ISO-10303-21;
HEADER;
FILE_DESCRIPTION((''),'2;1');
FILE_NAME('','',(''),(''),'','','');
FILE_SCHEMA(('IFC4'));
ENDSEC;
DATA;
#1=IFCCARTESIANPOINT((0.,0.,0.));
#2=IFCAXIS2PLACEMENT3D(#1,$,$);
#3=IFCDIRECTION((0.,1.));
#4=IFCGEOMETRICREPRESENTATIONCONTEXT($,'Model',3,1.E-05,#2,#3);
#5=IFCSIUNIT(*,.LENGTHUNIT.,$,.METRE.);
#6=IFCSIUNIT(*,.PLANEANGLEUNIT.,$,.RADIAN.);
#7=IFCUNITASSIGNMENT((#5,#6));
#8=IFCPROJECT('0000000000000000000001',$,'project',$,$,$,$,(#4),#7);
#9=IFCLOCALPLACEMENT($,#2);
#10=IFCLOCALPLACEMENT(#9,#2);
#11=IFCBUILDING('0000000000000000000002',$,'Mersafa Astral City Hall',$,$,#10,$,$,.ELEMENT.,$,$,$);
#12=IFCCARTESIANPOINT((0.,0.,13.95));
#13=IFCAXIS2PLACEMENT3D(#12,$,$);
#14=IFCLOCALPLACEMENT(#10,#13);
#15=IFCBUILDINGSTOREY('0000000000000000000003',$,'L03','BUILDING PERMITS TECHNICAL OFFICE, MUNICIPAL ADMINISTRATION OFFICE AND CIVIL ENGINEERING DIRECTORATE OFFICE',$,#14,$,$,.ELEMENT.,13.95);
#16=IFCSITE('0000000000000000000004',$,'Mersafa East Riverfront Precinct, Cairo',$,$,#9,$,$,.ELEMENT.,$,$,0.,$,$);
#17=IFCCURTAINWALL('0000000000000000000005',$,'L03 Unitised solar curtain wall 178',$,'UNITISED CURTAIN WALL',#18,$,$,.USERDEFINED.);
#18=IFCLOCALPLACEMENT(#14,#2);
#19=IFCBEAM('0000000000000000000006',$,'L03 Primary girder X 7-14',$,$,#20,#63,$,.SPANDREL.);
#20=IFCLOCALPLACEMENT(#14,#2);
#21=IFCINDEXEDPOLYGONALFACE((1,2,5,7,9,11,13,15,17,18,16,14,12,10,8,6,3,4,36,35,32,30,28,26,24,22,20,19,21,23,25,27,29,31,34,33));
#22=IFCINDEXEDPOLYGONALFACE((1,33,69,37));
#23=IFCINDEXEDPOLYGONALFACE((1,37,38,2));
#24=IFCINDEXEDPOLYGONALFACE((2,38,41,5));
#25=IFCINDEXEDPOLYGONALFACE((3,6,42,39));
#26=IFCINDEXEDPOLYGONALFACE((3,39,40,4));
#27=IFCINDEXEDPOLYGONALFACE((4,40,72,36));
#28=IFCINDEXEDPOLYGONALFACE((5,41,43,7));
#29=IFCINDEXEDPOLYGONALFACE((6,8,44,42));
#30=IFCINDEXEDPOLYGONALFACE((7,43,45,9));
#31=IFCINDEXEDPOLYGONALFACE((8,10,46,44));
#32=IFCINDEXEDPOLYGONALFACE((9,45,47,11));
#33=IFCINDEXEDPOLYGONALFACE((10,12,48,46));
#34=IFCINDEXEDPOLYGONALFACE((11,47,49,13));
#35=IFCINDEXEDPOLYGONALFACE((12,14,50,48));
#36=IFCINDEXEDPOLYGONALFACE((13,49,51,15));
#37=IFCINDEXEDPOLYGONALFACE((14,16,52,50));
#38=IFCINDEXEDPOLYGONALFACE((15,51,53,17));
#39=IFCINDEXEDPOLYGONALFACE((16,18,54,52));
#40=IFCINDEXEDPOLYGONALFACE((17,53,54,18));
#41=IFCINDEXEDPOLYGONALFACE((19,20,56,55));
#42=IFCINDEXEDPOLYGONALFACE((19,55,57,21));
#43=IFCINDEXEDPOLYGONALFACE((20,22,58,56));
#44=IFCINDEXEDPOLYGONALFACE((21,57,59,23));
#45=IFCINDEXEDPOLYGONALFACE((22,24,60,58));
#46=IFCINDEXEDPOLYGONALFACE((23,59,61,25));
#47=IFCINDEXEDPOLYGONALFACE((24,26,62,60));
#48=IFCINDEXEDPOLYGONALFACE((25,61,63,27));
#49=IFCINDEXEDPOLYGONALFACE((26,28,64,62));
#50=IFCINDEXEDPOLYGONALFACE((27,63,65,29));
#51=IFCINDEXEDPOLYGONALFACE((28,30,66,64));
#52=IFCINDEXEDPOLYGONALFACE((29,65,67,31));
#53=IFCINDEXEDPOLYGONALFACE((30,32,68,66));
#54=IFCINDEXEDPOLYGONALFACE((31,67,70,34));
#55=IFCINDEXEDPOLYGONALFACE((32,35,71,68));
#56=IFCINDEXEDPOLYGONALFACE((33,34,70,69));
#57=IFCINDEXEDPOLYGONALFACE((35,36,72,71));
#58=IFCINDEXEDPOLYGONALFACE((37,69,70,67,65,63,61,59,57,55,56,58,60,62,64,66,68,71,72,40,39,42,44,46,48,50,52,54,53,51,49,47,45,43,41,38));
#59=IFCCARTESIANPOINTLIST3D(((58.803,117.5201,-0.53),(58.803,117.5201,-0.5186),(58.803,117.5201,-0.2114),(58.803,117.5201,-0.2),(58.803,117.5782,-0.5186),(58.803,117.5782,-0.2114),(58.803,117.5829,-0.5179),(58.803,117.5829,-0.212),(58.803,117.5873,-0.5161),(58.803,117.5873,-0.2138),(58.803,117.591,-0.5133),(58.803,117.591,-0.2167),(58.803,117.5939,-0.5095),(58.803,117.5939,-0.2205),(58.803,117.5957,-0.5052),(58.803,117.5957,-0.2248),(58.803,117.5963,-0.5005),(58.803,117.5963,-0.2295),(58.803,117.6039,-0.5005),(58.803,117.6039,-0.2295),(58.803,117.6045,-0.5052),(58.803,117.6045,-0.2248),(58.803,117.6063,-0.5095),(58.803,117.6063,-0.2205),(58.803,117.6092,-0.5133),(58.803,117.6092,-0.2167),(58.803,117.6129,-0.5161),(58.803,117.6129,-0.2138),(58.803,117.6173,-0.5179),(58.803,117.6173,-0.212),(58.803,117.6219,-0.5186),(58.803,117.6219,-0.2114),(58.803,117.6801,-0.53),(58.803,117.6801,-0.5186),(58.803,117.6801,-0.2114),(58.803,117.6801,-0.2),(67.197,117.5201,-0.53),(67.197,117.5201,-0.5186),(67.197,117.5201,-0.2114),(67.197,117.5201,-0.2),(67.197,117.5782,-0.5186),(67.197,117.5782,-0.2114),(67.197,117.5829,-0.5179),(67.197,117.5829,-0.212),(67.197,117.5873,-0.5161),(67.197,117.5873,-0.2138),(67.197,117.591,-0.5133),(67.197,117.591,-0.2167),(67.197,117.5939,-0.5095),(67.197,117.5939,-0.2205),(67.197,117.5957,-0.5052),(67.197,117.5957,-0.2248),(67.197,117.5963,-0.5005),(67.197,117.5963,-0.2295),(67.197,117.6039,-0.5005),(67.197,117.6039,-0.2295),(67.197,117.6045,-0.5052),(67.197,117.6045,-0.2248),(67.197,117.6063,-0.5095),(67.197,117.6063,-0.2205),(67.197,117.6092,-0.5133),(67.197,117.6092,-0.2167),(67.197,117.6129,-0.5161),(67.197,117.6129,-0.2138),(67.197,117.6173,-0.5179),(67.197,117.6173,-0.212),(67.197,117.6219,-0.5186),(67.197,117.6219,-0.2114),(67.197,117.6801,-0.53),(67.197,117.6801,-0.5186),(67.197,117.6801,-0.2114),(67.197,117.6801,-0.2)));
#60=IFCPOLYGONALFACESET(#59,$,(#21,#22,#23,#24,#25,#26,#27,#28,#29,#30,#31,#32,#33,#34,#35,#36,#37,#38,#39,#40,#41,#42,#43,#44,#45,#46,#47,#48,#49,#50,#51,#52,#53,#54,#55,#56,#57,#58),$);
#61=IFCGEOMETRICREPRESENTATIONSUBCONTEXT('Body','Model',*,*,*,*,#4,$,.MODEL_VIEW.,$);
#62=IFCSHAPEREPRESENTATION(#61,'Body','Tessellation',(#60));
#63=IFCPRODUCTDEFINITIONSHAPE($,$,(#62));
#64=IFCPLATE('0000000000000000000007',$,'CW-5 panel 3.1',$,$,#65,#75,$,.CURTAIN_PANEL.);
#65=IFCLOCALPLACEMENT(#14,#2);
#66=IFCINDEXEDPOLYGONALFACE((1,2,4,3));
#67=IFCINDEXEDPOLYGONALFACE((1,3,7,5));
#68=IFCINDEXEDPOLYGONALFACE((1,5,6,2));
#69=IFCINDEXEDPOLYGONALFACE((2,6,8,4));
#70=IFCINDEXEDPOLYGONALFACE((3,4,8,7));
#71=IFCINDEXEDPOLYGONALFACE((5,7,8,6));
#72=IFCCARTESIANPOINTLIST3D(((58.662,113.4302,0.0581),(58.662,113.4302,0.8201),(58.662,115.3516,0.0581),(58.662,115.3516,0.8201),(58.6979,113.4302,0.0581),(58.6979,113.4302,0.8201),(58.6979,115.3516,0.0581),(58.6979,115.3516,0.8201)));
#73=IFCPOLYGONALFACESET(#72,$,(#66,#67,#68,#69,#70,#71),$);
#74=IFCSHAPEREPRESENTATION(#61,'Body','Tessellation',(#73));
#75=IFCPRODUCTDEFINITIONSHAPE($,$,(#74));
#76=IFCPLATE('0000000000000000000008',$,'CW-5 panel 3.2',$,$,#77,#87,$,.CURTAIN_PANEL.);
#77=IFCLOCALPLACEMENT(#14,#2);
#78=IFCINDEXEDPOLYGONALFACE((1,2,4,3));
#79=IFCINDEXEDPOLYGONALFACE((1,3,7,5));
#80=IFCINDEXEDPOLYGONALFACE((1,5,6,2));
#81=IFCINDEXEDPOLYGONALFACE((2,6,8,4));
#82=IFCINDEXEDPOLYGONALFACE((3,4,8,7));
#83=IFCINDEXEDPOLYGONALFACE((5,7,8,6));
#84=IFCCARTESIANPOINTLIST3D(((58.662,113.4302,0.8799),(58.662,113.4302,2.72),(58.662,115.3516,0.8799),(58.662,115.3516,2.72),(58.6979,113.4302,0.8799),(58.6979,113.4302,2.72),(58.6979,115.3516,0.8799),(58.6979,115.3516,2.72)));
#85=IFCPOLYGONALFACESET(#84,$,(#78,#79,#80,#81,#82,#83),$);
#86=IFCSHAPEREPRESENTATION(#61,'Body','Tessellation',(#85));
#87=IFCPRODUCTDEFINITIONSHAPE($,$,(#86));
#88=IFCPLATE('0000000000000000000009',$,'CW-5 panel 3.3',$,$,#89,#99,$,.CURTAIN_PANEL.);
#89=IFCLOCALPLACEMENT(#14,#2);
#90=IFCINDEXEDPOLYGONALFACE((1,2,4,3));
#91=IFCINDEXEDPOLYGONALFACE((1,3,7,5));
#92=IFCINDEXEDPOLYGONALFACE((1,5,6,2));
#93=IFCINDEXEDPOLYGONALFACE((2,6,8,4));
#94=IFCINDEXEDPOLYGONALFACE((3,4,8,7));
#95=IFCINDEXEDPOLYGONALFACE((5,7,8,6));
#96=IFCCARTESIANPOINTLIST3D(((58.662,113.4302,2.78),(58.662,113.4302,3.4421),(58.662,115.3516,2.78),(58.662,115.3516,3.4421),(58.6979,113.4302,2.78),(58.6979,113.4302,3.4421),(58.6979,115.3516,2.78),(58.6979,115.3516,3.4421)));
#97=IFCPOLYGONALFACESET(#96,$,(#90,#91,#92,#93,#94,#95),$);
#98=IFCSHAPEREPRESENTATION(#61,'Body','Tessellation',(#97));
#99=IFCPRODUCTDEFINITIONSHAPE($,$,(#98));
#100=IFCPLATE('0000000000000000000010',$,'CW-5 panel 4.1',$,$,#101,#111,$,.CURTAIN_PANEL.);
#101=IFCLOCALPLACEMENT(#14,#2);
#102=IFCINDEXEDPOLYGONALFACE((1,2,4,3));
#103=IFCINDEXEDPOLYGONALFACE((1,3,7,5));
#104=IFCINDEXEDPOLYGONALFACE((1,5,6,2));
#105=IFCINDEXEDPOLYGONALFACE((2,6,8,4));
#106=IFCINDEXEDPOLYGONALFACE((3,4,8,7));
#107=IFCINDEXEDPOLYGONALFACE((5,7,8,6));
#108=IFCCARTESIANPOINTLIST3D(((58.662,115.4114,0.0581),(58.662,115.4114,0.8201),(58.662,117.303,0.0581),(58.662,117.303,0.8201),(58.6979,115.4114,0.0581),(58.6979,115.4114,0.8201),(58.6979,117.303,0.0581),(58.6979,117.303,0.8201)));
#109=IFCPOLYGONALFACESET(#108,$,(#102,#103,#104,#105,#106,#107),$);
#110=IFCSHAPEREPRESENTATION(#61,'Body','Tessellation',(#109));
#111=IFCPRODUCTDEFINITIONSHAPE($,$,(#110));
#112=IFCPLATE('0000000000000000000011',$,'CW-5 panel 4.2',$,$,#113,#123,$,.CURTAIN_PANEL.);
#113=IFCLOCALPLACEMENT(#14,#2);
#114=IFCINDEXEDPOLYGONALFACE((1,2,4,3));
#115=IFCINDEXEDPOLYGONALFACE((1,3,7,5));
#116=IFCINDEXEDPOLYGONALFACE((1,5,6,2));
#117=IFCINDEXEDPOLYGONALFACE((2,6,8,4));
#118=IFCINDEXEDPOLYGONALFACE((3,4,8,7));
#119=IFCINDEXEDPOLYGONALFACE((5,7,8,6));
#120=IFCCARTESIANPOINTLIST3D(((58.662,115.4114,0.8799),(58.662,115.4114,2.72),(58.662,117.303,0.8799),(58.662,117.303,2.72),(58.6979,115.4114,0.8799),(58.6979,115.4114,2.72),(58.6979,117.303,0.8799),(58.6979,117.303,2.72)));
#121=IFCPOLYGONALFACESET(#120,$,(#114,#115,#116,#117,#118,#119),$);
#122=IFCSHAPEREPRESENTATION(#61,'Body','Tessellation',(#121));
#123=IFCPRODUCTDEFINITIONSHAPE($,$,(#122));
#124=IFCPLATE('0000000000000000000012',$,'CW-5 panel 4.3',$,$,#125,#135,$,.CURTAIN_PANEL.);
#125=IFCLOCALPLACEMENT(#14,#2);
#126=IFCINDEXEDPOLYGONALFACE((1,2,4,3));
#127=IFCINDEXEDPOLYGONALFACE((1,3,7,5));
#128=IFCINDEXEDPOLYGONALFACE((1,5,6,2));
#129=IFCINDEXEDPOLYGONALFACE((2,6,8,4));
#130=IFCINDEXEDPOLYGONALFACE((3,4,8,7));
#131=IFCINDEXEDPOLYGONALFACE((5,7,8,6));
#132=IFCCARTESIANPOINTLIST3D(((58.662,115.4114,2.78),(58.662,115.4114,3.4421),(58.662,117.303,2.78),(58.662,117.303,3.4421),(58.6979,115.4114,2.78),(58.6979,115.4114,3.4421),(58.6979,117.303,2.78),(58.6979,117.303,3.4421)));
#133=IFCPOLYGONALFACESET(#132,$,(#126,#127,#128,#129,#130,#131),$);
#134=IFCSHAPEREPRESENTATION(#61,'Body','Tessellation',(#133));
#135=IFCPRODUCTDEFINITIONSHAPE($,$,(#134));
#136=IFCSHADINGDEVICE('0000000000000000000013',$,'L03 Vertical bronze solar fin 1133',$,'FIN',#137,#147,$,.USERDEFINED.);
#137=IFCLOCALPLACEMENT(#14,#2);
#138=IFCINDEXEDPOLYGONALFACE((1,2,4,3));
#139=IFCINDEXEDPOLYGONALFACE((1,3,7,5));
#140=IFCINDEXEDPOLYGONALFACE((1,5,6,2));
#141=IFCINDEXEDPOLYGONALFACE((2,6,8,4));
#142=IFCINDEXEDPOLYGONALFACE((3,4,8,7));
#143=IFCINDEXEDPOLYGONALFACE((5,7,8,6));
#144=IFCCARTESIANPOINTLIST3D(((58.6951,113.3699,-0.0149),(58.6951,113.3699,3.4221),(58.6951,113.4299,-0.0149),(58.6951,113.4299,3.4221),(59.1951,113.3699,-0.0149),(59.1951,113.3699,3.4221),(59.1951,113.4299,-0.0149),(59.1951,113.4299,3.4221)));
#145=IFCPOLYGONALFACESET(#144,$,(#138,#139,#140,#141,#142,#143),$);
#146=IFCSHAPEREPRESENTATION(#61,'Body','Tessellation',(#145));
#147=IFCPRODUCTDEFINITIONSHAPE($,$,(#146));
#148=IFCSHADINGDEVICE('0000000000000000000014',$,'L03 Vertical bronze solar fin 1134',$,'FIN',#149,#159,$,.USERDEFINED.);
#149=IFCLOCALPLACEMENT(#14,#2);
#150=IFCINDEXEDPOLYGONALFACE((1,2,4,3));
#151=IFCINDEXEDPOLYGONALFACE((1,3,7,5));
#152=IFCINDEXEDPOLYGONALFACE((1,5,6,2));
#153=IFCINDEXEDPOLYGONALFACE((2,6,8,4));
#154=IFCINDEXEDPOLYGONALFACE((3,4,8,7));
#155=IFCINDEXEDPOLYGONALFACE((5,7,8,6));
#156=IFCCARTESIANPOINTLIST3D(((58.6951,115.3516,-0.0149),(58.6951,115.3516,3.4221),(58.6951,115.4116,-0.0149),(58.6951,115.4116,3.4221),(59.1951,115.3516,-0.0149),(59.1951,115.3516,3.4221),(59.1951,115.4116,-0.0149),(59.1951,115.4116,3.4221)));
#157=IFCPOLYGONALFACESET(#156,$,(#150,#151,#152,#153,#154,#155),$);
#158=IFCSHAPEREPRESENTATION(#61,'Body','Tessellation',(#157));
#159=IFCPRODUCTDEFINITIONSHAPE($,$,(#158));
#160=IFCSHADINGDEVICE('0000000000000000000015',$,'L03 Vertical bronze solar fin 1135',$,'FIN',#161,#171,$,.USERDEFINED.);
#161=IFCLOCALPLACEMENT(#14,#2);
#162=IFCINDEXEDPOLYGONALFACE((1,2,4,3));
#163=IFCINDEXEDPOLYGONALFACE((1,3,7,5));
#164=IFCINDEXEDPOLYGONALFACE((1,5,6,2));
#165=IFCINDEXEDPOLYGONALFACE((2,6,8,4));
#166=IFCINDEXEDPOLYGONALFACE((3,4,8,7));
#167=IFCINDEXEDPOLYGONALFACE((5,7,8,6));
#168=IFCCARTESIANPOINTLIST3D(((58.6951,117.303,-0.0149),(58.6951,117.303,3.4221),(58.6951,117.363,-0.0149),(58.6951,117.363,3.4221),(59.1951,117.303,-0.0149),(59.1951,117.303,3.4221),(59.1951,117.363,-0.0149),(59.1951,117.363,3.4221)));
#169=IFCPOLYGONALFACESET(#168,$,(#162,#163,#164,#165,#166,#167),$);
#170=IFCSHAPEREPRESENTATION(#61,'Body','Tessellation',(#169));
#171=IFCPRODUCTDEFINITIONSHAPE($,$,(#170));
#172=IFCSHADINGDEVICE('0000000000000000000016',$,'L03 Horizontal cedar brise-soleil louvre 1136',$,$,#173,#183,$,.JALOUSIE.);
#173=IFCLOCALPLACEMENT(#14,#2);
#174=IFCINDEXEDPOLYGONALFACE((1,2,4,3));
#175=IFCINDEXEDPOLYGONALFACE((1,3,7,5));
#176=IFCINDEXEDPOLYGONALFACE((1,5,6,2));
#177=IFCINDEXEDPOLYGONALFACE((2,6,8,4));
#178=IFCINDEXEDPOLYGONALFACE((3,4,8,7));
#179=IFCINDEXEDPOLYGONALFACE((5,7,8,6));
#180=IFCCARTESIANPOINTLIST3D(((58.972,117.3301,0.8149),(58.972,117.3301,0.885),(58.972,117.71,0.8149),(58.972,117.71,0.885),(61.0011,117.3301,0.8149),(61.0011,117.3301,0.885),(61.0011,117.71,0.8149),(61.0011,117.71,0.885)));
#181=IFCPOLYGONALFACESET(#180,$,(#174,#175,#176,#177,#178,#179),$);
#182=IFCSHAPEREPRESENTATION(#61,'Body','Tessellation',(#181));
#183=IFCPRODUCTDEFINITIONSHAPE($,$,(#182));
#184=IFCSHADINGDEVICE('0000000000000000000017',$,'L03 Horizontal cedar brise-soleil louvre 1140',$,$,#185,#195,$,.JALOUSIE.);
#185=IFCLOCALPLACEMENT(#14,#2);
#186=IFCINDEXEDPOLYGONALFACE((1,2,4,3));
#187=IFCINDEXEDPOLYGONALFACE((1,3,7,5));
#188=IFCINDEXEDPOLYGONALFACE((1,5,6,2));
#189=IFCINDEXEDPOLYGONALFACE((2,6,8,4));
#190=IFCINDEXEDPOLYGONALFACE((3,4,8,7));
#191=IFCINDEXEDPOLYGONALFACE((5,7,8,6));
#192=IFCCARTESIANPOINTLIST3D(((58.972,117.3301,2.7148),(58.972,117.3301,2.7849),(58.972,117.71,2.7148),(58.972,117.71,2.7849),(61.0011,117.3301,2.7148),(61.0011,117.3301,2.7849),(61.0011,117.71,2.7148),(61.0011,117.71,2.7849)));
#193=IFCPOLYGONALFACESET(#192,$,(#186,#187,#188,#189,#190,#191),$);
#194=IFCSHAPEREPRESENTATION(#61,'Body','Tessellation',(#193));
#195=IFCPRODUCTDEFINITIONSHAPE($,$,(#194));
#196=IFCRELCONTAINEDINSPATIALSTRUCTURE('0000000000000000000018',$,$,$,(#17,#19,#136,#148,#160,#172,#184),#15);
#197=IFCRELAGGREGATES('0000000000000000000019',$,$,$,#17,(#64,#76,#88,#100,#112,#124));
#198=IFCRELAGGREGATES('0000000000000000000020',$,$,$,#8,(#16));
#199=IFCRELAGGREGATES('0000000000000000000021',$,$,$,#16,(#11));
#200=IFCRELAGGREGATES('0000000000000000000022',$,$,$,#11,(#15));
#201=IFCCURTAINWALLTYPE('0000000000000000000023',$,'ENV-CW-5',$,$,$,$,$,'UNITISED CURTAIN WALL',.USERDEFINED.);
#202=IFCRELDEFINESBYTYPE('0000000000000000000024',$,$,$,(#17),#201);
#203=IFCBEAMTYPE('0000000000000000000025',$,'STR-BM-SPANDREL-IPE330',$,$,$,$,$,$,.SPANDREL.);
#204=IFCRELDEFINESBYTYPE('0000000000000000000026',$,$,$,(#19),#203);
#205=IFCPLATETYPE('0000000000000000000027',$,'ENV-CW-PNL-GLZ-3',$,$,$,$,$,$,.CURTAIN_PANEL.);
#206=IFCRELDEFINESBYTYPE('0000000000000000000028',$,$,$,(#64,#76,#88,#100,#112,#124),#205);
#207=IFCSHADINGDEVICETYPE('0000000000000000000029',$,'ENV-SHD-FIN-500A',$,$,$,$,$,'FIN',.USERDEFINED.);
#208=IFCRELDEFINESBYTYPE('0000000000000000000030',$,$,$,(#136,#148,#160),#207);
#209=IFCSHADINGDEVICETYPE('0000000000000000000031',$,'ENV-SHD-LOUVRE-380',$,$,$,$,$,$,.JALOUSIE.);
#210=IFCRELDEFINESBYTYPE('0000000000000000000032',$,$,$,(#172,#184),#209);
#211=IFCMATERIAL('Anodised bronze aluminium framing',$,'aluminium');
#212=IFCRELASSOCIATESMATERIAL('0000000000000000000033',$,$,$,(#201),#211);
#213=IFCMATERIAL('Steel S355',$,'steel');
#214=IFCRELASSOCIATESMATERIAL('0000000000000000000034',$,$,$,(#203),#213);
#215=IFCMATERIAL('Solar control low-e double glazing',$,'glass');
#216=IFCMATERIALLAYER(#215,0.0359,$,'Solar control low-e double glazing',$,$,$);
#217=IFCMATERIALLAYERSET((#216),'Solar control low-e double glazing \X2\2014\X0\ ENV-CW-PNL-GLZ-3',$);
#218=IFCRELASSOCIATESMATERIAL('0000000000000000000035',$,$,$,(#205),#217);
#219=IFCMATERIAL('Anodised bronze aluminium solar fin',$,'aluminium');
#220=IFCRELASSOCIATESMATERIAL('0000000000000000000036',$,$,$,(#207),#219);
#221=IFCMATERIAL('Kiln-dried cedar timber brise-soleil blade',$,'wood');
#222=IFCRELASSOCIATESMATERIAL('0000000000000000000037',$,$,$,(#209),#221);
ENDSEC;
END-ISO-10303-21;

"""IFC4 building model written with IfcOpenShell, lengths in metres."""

from ifc_helpers import new_model, si_unit, direction, frame, origin, origin_2d, place, context, subcontext, project, spatial, rectangle, i_section, extrude, material, layer, layer_set, material_profile, profile_set, type_object, element, aggregate, save


model = new_model("IFC4")

# Units and contexts
model_context = context("Model", 3, precision=1e-05, world=origin(), true_north=direction((0.0, 1.0)))
body_context = subcontext(model_context, "Body", "Model", "MODEL_VIEW")
ifc_project = project(units=[si_unit("LENGTHUNIT", "METRE"), si_unit("PLANEANGLEUNIT", "RADIAN")], contexts=[model_context])

# Site, building, storey
site_placement = place(None, origin())
site = spatial("IfcSite", under=ifc_project, at=site_placement, Name="Mersafa East Riverfront Precinct, Cairo", CompositionType="ELEMENT", RefElevation=0.0)
building_placement = place(site_placement, origin())
building = spatial("IfcBuilding", under=site, at=building_placement, Name="Mersafa Astral City Hall", CompositionType="ELEMENT")
storey_placement = place(building_placement, frame((0.0, 0.0, 13.95)))
storey = spatial("IfcBuildingStorey", under=building, at=storey_placement, Name="L03", Description="BUILDING PERMITS TECHNICAL OFFICE, MUNICIPAL ADMINISTRATION OFFICE AND CIVIL ENGINEERING DIRECTORATE OFFICE", CompositionType="ELEMENT", Elevation=13.95)

# Shared definitions
ifc_material_1 = material(Name="Steel S355", Category="steel")

# Curtain wall
ifc_material_2 = material(Name="Anodised bronze aluminium framing", Category="aluminium")
curtain_wall_type = type_object("IfcCurtainWallType", Name="ENV-CW-5", ElementType="UNITISED CURTAIN WALL", PredefinedType="USERDEFINED", material=ifc_material_2)
curtain_wall_placement = place(storey_placement, origin())
curtain_wall = element("IfcCurtainWall", 1, at=curtain_wall_placement, inside=storey, type_object=curtain_wall_type, Name="L03 Unitised solar curtain wall 178", ObjectType="UNITISED CURTAIN WALL", PredefinedType="USERDEFINED")

# Beam
ifc_material_profile_1 = material_profile(ifc_material_1, i_section(OverallWidth=0.1599, OverallDepth=0.3301, WebThickness=0.0076, FlangeThickness=0.0115, FilletRadius=0.0181, at=origin_2d()), Name="IPE 330")
ifc_profile_set_1 = profile_set([ifc_material_profile_1], Name="Steel S355")
beam_type = type_object("IfcBeamType", Name="STR-BM-SPANDREL-IPE330", PredefinedType="SPANDREL", material=ifc_profile_set_1)
beam_placement = place(storey_placement, frame((58.803, 117.6001, -0.365), z_axis=(1.0, 0.0, 0.0), x_axis=(0.0, 1.0, 0.0)))
element("IfcBeam", 2, at=beam_placement, inside=storey, type_object=beam_type, Name="L03 Primary girder X 7-14", PredefinedType="SPANDREL", context=body_context, shape_type="SweptSolid", body=[
    extrude(i_section(OverallWidth=0.1599, OverallDepth=0.3301, WebThickness=0.0076, FlangeThickness=0.0115, FilletRadius=0.0181, at=origin_2d()), origin(), (0.0, 0.0, 1.0), 8.394),
])

# Plates
ifc_material_3 = material(Name="Solar control low-e double glazing", Category="glass")
ifc_layer = layer(ifc_material_3, 0.0359, Name="Solar control low-e double glazing")
ifc_layer_set = layer_set([ifc_layer], Name="Solar control low-e double glazing — ENV-CW-PNL-GLZ-3")
plate_type = type_object("IfcPlateType", Name="ENV-CW-PNL-GLZ-3", PredefinedType="CURTAIN_PANEL", material=ifc_layer_set)
plate_1_placement = place(storey_placement, frame((58.6799, 114.3909, 0.0581), z_axis=(0.0, 0.0, 1.0), x_axis=(0.0, 1.0, 0.0)))
plate_1 = element("IfcPlate", 3, at=plate_1_placement, type_object=plate_type, Name="CW-5 panel 3.1", PredefinedType="CURTAIN_PANEL", context=body_context, shape_type="SweptSolid", body=[
    extrude(rectangle(XDim=1.9214, YDim=0.0359, at=origin_2d()), origin(), (0.0, 0.0, 1.0), 0.762),
])
plate_2_placement = place(storey_placement, frame((58.6799, 114.3909, 0.8799), z_axis=(0.0, 0.0, 1.0), x_axis=(0.0, 1.0, 0.0)))
plate_2 = element("IfcPlate", 4, at=plate_2_placement, type_object=plate_type, Name="CW-5 panel 3.2", PredefinedType="CURTAIN_PANEL", context=body_context, shape_type="SweptSolid", body=[
    extrude(rectangle(XDim=1.9214, YDim=0.0359, at=origin_2d()), origin(), (0.0, 0.0, 1.0), 1.8401),
])
plate_3_placement = place(storey_placement, frame((58.6799, 114.3909, 2.78), z_axis=(0.0, 0.0, 1.0), x_axis=(0.0, 1.0, 0.0)))
plate_3 = element("IfcPlate", 5, at=plate_3_placement, type_object=plate_type, Name="CW-5 panel 3.3", PredefinedType="CURTAIN_PANEL", context=body_context, shape_type="SweptSolid", body=[
    extrude(rectangle(XDim=1.9214, YDim=0.0359, at=origin_2d()), origin(), (0.0, 0.0, 1.0), 0.6621),
])
plate_4_placement = place(storey_placement, frame((58.6799, 116.3572, 0.0581), z_axis=(0.0, 0.0, 1.0), x_axis=(0.0, 1.0, 0.0)))
plate_4 = element("IfcPlate", 6, at=plate_4_placement, type_object=plate_type, Name="CW-5 panel 4.1", PredefinedType="CURTAIN_PANEL", context=body_context, shape_type="SweptSolid", body=[
    extrude(rectangle(XDim=1.8916, YDim=0.0359, at=origin_2d()), origin(), (0.0, 0.0, 1.0), 0.762),
])
plate_5_placement = place(storey_placement, frame((58.6799, 116.3572, 0.8799), z_axis=(0.0, 0.0, 1.0), x_axis=(0.0, 1.0, 0.0)))
plate_5 = element("IfcPlate", 7, at=plate_5_placement, type_object=plate_type, Name="CW-5 panel 4.2", PredefinedType="CURTAIN_PANEL", context=body_context, shape_type="SweptSolid", body=[
    extrude(rectangle(XDim=1.8916, YDim=0.0359, at=origin_2d()), origin(), (0.0, 0.0, 1.0), 1.8401),
])
plate_6_placement = place(storey_placement, frame((58.6799, 116.3572, 2.78), z_axis=(0.0, 0.0, 1.0), x_axis=(0.0, 1.0, 0.0)))
plate_6 = element("IfcPlate", 8, at=plate_6_placement, type_object=plate_type, Name="CW-5 panel 4.3", PredefinedType="CURTAIN_PANEL", context=body_context, shape_type="SweptSolid", body=[
    extrude(rectangle(XDim=1.8916, YDim=0.0359, at=origin_2d()), origin(), (0.0, 0.0, 1.0), 0.6621),
])
aggregate(curtain_wall, [plate_1, plate_2, plate_3, plate_4, plate_5, plate_6])

# Shading devices
ifc_material_4 = material(Name="Anodised bronze aluminium solar fin", Category="aluminium")
shading_device_type_1 = type_object("IfcShadingDeviceType", Name="ENV-SHD-FIN-500A", ElementType="FIN", PredefinedType="USERDEFINED", material=ifc_material_4)
for number, where, z_axis, x_axis, name in (
    (9, (58.9451, 113.3999, -0.0149), (0.0, 0.0, 1.0), (0.0, 1.0, 0.0), "L03 Vertical bronze solar fin 1133"),
    (10, (58.9451, 115.3816, -0.0149), (0.0, 0.0, 1.0), (0.0, 1.0, 0.0), "L03 Vertical bronze solar fin 1134"),
    (11, (58.9451, 117.333, -0.0149), (0.0, 0.0, 1.0), (0.0, 1.0, 0.0), "L03 Vertical bronze solar fin 1135"),
):
    element("IfcShadingDevice", number, at=place(storey_placement, frame(where, z_axis=z_axis, x_axis=x_axis)), inside=storey, type_object=shading_device_type_1, Name=name, ObjectType="FIN", PredefinedType="USERDEFINED", context=body_context, shape_type="SweptSolid", body=[
        extrude(rectangle(XDim=0.0601, YDim=0.5, at=origin_2d()), origin(), (0.0, 0.0, 1.0), 3.437),
    ])
ifc_material_5 = material(Name="Kiln-dried cedar timber brise-soleil blade", Category="wood")
shading_device_type_2 = type_object("IfcShadingDeviceType", Name="ENV-SHD-LOUVRE-380", PredefinedType="JALOUSIE", material=ifc_material_5)
for number, where, z_axis, x_axis, name in (
    (12, (59.9866, 117.52, 0.8149), (0.0, 0.0, 1.0), (1.0, 0.0, 0.0), "L03 Horizontal cedar brise-soleil louvre 1136"),
    (13, (59.9866, 117.52, 2.7148), (0.0, 0.0, 1.0), (1.0, 0.0, 0.0), "L03 Horizontal cedar brise-soleil louvre 1140"),
):
    element("IfcShadingDevice", number, at=place(storey_placement, frame(where, z_axis=z_axis, x_axis=x_axis)), inside=storey, type_object=shading_device_type_2, Name=name, PredefinedType="JALOUSIE", context=body_context, shape_type="SweptSolid", body=[
        extrude(rectangle(XDim=2.0291, YDim=0.3799, at=origin_2d()), origin(), (0.0, 0.0, 1.0), 0.0701),
    ])

save(model, "model.ifc")
